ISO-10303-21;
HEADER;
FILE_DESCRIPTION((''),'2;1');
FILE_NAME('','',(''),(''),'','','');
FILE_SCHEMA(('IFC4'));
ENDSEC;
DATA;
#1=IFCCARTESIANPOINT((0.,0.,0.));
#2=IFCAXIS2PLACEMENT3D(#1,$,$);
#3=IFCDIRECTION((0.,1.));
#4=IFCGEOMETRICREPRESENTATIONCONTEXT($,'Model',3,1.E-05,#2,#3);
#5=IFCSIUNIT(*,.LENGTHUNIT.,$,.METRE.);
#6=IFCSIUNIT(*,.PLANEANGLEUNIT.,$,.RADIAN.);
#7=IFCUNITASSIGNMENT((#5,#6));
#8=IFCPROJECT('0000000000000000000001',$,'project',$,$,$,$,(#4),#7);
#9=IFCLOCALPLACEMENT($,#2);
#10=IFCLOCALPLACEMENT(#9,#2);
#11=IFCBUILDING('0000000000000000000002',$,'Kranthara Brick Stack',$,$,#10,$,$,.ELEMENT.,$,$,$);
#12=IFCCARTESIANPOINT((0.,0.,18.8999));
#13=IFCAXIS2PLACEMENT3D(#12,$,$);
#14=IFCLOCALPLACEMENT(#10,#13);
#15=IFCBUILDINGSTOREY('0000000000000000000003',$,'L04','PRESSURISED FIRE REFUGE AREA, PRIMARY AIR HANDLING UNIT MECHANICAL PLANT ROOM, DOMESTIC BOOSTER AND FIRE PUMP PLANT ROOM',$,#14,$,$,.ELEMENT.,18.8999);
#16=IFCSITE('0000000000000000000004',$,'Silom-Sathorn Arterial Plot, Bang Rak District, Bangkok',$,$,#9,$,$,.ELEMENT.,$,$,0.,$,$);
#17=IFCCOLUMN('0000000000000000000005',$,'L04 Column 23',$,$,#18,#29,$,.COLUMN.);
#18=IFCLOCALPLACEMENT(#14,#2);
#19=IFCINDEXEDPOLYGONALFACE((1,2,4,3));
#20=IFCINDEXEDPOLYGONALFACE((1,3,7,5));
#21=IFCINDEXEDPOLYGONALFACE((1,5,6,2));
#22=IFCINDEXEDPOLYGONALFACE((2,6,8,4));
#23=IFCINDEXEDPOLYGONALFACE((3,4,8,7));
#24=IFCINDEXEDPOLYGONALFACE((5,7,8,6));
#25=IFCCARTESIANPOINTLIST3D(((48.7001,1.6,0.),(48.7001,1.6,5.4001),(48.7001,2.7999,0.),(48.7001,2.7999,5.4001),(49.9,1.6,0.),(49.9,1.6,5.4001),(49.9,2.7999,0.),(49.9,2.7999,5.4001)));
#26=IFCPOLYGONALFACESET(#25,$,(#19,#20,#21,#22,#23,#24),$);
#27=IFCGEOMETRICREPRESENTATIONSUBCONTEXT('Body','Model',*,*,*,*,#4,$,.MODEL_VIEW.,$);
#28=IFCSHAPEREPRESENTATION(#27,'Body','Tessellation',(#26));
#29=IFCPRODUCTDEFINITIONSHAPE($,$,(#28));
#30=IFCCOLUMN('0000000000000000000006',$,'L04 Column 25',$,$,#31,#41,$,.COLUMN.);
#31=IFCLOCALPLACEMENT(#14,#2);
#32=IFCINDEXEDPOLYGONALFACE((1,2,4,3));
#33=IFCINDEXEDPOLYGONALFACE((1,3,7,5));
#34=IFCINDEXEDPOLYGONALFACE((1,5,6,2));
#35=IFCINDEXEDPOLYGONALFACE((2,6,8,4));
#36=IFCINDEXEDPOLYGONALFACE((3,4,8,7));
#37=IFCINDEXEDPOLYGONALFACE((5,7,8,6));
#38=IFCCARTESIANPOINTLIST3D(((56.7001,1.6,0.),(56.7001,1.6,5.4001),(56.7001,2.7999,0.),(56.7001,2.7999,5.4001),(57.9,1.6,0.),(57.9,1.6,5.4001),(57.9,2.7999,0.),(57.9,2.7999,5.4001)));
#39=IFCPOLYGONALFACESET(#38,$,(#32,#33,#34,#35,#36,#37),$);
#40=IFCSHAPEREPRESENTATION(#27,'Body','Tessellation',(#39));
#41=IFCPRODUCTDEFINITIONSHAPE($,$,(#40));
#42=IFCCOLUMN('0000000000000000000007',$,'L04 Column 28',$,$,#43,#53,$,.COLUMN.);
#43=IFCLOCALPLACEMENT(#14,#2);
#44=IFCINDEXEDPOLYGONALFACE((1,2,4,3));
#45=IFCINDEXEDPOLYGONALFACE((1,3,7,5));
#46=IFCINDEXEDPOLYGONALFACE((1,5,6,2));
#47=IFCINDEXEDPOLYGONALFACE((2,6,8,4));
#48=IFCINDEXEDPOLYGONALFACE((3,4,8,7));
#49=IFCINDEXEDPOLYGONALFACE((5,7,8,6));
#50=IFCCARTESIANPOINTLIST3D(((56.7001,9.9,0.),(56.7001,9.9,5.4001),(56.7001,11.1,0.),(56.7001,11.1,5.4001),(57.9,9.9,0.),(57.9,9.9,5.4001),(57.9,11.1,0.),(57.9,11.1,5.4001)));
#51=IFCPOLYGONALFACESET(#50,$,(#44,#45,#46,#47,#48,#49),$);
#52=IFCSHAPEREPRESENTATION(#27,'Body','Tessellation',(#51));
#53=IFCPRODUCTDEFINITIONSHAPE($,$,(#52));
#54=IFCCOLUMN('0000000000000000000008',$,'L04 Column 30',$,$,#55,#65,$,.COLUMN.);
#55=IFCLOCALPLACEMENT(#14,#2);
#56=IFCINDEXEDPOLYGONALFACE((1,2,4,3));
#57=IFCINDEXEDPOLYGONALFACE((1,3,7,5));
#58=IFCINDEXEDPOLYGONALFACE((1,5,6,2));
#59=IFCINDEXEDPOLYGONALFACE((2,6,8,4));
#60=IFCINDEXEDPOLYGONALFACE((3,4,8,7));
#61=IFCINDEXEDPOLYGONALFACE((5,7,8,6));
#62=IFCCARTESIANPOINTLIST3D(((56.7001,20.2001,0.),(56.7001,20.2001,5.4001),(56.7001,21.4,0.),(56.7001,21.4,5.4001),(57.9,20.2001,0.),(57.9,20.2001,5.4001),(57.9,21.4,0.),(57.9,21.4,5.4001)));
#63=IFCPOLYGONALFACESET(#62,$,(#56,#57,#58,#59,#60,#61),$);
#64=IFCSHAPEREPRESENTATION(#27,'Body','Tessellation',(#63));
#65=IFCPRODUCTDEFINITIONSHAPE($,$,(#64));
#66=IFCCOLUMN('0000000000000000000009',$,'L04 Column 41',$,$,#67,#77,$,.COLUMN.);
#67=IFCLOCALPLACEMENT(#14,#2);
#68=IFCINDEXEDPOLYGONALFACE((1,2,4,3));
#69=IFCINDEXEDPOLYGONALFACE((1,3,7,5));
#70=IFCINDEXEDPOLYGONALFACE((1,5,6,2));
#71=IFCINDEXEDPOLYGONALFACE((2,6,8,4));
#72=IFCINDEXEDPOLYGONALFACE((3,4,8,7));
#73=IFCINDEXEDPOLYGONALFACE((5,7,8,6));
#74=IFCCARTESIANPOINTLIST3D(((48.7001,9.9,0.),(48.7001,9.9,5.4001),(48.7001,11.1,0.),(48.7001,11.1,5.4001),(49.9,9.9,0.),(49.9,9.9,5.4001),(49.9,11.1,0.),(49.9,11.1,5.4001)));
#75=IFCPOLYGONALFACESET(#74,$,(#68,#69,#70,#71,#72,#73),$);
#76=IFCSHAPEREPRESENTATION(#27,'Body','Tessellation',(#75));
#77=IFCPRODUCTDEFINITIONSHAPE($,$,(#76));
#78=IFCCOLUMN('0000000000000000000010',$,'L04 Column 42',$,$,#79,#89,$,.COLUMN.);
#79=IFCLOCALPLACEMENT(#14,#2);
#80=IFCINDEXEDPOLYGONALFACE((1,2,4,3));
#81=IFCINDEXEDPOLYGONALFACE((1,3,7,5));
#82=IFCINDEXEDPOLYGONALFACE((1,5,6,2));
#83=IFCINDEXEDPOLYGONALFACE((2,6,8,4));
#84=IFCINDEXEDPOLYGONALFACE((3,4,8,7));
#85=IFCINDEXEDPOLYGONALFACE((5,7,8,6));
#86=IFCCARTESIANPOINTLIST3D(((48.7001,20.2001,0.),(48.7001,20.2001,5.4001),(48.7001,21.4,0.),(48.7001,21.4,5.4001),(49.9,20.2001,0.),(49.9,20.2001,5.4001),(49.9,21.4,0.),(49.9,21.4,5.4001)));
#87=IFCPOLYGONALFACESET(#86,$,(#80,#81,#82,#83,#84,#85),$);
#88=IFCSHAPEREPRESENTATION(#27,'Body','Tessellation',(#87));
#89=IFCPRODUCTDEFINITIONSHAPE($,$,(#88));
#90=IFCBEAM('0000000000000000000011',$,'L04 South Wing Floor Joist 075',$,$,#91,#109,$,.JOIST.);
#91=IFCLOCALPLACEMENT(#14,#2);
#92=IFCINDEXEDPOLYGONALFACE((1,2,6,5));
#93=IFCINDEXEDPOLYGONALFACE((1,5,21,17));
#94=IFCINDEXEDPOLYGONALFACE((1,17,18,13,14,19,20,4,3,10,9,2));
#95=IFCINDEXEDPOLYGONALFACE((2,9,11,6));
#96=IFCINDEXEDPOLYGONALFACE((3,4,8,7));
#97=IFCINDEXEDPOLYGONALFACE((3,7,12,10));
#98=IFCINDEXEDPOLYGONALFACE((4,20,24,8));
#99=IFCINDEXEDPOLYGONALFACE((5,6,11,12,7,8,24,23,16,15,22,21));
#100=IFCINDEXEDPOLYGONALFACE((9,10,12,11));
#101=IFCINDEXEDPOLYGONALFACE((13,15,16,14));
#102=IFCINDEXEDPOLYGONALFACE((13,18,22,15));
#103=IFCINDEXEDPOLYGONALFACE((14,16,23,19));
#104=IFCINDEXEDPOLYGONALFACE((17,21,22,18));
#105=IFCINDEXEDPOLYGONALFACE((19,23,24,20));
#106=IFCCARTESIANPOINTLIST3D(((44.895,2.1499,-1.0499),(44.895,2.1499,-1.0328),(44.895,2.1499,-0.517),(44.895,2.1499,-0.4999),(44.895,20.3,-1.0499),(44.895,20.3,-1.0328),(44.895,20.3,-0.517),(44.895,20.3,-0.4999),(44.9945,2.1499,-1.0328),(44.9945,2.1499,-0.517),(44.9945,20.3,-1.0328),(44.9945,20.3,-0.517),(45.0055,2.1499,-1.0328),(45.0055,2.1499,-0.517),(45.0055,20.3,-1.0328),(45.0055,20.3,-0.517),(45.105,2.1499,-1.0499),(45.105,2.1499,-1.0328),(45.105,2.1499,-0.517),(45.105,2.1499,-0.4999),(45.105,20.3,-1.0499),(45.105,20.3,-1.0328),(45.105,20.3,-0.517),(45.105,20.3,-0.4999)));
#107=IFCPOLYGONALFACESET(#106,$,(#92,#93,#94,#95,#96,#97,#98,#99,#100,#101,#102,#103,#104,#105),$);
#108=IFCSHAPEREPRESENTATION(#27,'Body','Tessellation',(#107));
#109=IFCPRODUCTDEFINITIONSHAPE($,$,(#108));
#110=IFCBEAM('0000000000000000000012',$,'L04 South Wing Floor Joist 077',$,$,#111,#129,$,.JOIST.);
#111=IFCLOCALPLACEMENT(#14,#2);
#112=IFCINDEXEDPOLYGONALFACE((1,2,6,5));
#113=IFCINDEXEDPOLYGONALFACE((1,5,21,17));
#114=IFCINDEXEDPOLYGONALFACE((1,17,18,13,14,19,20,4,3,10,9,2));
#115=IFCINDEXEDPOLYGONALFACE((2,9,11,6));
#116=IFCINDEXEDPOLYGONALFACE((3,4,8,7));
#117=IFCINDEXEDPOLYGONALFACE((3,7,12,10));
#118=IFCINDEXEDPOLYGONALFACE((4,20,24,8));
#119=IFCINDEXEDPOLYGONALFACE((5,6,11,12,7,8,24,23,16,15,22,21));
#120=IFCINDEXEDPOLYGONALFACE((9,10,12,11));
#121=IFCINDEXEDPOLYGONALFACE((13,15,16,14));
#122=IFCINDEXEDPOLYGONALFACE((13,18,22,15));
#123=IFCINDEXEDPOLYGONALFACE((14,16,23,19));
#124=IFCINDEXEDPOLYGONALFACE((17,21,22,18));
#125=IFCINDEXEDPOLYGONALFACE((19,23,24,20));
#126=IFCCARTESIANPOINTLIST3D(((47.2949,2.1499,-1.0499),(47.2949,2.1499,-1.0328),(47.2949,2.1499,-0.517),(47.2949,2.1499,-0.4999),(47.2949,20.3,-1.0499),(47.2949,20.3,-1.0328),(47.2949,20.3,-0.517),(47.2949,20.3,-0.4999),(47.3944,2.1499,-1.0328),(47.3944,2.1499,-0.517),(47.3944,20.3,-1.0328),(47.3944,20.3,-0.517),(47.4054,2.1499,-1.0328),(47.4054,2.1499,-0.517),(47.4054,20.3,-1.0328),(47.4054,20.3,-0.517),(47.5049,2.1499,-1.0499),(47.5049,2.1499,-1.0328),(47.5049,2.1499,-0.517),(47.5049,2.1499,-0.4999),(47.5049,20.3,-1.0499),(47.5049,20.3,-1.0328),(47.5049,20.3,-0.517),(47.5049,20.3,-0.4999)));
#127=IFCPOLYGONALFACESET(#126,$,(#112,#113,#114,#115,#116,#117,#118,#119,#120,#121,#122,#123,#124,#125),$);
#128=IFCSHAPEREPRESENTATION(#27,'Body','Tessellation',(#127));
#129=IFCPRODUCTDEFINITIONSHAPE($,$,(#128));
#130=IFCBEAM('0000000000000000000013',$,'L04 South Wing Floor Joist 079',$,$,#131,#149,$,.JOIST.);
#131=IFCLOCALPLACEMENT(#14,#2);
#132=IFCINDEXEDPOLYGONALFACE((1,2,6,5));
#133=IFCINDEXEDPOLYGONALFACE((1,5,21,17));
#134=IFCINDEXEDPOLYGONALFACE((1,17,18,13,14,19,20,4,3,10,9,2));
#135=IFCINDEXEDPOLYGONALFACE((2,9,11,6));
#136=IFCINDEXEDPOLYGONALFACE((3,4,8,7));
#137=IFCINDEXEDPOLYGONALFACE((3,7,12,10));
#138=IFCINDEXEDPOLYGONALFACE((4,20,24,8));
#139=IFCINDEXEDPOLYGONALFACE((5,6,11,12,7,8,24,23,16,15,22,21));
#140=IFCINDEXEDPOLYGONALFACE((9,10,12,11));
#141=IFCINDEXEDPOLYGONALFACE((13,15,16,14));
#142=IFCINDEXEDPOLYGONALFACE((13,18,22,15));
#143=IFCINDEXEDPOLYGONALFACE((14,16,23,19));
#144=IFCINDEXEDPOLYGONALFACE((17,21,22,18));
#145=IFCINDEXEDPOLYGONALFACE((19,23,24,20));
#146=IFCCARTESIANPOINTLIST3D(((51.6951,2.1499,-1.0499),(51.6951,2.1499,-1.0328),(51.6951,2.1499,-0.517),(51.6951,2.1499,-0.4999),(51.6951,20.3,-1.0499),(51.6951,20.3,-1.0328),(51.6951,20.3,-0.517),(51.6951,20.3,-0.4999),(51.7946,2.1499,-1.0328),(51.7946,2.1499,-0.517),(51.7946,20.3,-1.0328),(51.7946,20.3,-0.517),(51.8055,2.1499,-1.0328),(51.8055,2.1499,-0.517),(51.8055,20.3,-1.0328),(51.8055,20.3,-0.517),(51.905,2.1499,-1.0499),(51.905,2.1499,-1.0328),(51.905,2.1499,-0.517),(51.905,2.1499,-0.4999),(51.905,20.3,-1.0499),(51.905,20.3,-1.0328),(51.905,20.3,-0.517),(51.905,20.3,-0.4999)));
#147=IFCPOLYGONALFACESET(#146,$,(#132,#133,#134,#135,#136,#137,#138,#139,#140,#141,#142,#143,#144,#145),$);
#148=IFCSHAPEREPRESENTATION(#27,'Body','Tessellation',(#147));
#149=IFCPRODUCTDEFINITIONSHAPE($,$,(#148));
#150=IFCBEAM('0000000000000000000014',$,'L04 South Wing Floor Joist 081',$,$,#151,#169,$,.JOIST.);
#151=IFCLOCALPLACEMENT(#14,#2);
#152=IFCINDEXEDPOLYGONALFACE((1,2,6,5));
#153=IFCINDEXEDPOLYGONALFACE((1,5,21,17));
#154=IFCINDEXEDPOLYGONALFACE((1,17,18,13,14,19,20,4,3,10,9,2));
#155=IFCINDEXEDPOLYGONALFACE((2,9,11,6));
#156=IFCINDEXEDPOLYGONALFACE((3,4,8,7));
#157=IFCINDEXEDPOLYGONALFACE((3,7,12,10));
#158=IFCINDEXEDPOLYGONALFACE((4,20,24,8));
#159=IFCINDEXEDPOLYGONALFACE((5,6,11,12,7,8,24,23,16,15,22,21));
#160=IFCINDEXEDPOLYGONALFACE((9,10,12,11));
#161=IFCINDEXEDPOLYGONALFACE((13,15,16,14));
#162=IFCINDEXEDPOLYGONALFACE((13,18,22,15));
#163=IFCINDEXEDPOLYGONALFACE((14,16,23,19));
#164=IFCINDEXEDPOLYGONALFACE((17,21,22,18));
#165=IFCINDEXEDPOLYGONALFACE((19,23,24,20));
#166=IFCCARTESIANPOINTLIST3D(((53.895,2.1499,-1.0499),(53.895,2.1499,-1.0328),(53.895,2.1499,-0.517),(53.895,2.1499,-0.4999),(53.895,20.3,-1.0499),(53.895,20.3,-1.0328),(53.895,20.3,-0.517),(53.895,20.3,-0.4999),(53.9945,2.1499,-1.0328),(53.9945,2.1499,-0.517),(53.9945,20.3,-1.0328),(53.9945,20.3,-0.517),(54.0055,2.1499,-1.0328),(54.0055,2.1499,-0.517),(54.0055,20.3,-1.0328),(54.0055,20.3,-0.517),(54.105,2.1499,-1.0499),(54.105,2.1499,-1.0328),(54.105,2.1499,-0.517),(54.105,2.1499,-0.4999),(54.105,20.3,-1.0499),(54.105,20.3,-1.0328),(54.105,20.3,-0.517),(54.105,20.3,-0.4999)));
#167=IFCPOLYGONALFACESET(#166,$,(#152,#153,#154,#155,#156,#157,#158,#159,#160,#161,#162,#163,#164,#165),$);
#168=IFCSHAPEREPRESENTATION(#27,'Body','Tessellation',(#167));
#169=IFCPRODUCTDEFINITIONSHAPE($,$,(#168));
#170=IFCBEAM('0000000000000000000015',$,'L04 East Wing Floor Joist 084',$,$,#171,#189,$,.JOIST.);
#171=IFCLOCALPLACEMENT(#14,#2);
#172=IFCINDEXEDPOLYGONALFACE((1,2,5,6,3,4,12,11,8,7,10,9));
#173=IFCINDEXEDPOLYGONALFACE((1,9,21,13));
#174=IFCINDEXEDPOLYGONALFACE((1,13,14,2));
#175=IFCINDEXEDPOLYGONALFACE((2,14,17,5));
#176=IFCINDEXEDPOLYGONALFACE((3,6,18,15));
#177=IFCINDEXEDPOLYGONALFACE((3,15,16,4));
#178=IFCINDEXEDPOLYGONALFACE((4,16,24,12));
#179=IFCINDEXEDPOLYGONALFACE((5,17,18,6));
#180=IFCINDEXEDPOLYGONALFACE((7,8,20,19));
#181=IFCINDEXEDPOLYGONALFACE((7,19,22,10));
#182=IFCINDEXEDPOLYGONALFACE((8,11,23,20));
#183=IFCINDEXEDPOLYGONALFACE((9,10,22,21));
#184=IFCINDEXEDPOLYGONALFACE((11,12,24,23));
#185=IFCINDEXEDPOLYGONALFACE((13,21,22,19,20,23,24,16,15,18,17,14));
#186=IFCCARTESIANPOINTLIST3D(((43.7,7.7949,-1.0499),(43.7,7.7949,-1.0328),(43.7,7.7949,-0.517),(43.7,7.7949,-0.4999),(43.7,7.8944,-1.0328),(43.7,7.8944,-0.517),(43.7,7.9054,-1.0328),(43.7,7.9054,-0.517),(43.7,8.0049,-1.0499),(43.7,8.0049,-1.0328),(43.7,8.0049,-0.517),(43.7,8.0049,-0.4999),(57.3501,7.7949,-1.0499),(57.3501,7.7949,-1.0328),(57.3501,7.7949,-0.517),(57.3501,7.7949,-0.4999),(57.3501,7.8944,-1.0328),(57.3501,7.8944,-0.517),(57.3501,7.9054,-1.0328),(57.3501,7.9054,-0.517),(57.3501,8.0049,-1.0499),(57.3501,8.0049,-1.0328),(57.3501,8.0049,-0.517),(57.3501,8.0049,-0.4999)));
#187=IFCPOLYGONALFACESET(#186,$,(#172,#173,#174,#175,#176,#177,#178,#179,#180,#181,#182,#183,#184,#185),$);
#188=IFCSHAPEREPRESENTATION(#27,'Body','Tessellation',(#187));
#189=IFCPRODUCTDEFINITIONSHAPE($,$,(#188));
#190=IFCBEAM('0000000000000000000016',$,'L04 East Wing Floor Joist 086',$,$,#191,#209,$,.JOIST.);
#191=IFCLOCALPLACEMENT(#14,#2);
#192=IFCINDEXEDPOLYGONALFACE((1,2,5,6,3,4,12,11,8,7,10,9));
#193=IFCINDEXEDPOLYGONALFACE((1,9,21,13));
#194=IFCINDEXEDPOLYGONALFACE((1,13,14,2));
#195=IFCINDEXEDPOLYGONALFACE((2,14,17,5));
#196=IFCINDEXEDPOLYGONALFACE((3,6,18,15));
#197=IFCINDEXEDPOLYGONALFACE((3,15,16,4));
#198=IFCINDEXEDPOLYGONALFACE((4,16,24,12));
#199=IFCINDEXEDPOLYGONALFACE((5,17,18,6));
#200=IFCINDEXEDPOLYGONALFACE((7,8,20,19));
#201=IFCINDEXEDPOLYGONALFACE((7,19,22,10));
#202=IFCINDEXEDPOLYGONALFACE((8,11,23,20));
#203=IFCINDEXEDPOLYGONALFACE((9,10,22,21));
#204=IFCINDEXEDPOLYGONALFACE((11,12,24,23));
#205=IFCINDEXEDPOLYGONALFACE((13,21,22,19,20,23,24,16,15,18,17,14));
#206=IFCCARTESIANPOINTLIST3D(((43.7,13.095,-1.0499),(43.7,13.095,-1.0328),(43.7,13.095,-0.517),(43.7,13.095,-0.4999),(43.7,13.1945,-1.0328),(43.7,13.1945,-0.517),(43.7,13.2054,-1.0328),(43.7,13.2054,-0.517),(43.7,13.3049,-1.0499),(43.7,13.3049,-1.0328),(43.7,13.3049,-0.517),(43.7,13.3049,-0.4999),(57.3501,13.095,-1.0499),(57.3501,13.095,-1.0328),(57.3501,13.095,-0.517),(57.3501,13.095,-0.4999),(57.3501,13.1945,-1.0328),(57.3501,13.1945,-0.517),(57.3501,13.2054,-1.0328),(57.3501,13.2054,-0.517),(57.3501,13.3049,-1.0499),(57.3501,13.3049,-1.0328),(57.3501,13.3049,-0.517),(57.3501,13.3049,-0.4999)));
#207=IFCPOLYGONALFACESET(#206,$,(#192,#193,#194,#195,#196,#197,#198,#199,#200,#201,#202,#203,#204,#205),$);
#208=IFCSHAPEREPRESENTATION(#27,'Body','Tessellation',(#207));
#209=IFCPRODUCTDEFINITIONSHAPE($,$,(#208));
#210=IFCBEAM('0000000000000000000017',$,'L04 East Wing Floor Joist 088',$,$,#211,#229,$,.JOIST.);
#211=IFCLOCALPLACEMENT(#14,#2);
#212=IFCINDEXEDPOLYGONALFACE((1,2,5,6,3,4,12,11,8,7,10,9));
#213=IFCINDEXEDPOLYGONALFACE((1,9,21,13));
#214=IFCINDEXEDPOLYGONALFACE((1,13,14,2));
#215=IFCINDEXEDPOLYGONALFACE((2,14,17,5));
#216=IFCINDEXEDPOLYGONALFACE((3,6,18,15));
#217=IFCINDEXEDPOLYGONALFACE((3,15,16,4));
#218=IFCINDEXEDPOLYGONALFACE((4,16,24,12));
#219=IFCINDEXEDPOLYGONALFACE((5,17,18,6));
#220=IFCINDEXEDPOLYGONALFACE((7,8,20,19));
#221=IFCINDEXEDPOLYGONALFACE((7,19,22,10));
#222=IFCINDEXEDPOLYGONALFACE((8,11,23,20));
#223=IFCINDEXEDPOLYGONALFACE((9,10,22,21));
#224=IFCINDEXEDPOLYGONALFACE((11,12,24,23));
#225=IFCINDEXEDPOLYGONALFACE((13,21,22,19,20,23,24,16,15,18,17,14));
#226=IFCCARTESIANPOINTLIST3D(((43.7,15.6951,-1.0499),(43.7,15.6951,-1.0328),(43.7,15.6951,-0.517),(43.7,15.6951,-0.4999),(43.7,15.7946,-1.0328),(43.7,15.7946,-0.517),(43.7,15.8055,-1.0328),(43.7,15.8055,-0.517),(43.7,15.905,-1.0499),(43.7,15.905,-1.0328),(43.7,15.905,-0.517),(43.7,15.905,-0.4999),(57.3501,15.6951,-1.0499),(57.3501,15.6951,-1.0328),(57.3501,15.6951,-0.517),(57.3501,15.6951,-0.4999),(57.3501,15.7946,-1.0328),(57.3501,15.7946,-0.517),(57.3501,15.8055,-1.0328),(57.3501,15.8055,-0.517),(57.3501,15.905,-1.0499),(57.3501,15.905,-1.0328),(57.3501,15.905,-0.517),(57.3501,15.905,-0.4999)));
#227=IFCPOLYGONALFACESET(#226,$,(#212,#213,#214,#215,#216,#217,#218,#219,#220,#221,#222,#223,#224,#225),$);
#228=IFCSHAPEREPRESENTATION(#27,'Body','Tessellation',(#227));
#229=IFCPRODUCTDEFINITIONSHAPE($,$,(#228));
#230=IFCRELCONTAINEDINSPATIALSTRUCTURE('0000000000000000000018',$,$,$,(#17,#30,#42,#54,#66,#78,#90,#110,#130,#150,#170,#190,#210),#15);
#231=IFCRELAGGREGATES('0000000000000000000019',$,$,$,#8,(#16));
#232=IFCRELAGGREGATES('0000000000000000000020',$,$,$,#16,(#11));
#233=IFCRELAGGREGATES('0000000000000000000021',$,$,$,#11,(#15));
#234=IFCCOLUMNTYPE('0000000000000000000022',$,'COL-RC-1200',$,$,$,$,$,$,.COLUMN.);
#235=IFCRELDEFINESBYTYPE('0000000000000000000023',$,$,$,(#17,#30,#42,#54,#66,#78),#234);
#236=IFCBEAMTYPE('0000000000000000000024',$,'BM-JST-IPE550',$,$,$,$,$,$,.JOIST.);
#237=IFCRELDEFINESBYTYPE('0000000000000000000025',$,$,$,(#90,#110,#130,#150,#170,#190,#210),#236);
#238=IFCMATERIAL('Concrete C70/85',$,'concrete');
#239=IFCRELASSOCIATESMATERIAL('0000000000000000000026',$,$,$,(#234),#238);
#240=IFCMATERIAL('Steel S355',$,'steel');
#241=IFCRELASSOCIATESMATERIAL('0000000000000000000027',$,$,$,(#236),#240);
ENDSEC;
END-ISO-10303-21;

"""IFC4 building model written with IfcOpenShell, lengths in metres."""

from ifc_helpers import new_model, si_unit, direction, frame, origin, origin_2d, place, context, subcontext, project, spatial, rectangle, i_section, extrude, material, material_profile, profile_set, type_object, element, save


model = new_model("IFC4")

# Units and contexts
model_context = context("Model", 3, precision=1e-05, world=origin(), true_north=direction((0.0, 1.0)))
body_context = subcontext(model_context, "Body", "Model", "MODEL_VIEW")
ifc_project = project(units=[si_unit("LENGTHUNIT", "METRE"), si_unit("PLANEANGLEUNIT", "RADIAN")], contexts=[model_context])

# Site, building, storey
site_placement = place(None, origin())
site = spatial("IfcSite", under=ifc_project, at=site_placement, Name="Silom-Sathorn Arterial Plot, Bang Rak District, Bangkok", CompositionType="ELEMENT", RefElevation=0.0)
building_placement = place(site_placement, origin())
building = spatial("IfcBuilding", under=site, at=building_placement, Name="Kranthara Brick Stack", CompositionType="ELEMENT")
storey_placement = place(building_placement, frame((0.0, 0.0, 18.8999)))
storey = spatial("IfcBuildingStorey", under=building, at=storey_placement, Name="L04", Description="PRESSURISED FIRE REFUGE AREA, PRIMARY AIR HANDLING UNIT MECHANICAL PLANT ROOM, DOMESTIC BOOSTER AND FIRE PUMP PLANT ROOM", CompositionType="ELEMENT", Elevation=18.8999)

# Columns
ifc_material_1 = material(Name="Concrete C70/85", Category="concrete")
ifc_material_profile_1 = material_profile(ifc_material_1, rectangle(XDim=1.2, YDim=1.2, at=origin_2d()), Name="RC 1200x1200")
ifc_profile_set_1 = profile_set([ifc_material_profile_1], Name="Concrete C70/85")
column_type = type_object("IfcColumnType", Name="COL-RC-1200", PredefinedType="COLUMN", material=ifc_profile_set_1)
for number, where, z_axis, x_axis, name in (
    (1, (49.3, 2.2, 0.0), (0.0, 0.0, 1.0), (1.0, 0.0, 0.0), "L04 Column 23"),
    (2, (57.3, 2.2, 0.0), (0.0, 0.0, 1.0), (1.0, 0.0, 0.0), "L04 Column 25"),
    (3, (57.3, 10.5, 0.0), (0.0, 0.0, 1.0), (1.0, 0.0, 0.0), "L04 Column 28"),
    (4, (57.3, 20.8, 0.0), (0.0, 0.0, 1.0), (1.0, 0.0, 0.0), "L04 Column 30"),
    (5, (49.3, 10.5, 0.0), (0.0, 0.0, 1.0), (1.0, 0.0, 0.0), "L04 Column 41"),
    (6, (49.3, 20.8, 0.0), (0.0, 0.0, 1.0), (1.0, 0.0, 0.0), "L04 Column 42"),
):
    element("IfcColumn", number, at=place(storey_placement, frame(where, z_axis=z_axis, x_axis=x_axis)), inside=storey, type_object=column_type, Name=name, PredefinedType="COLUMN", context=body_context, shape_type="SweptSolid", body=[
        extrude(rectangle(XDim=1.2, YDim=1.2, at=origin_2d()), origin(), (0.0, 0.0, 1.0), 5.4001),
    ])

# Beams
ifc_material_2 = material(Name="Steel S355", Category="steel")
ifc_material_profile_2 = material_profile(ifc_material_2, i_section(OverallWidth=0.21, OverallDepth=0.55, WebThickness=0.011, FlangeThickness=0.0171, at=origin_2d()), Name="IPE 550")
ifc_profile_set_2 = profile_set([ifc_material_profile_2], Name="Steel S355")
beam_type_1 = type_object("IfcBeamType", Name="BM-JST-IPE550", PredefinedType="JOIST", material=ifc_profile_set_2)
for number, where, z_axis, x_axis, name in (
    (7, (45.0, 2.1499, -0.7749), (0.0, 1.0, 0.0), (-1.0, 0.0, 0.0), "L04 South Wing Floor Joist 075"),
    (8, (47.3999, 2.1499, -0.7749), (0.0, 1.0, 0.0), (-1.0, 0.0, 0.0), "L04 South Wing Floor Joist 077"),
    (9, (51.8, 2.1499, -0.7749), (0.0, 1.0, 0.0), (-1.0, 0.0, 0.0), "L04 South Wing Floor Joist 079"),
    (10, (54.0, 2.1499, -0.7749), (0.0, 1.0, 0.0), (-1.0, 0.0, 0.0), "L04 South Wing Floor Joist 081"),
):
    element("IfcBeam", number, at=place(storey_placement, frame(where, z_axis=z_axis, x_axis=x_axis)), inside=storey, type_object=beam_type_1, Name=name, PredefinedType="JOIST", context=body_context, shape_type="SweptSolid", body=[
        extrude(i_section(OverallWidth=0.21, OverallDepth=0.55, WebThickness=0.011, FlangeThickness=0.0171, at=origin_2d()), origin(), (0.0, 0.0, 1.0), 18.1501),
    ])
for number, where, z_axis, x_axis, name in (
    (11, (43.7, 7.8999, -0.7749), (1.0, 0.0, 0.0), (0.0, 1.0, 0.0), "L04 East Wing Floor Joist 084"),
    (12, (43.7, 13.2, -0.7749), (1.0, 0.0, 0.0), (0.0, 1.0, 0.0), "L04 East Wing Floor Joist 086"),
    (13, (43.7, 15.8, -0.7749), (1.0, 0.0, 0.0), (0.0, 1.0, 0.0), "L04 East Wing Floor Joist 088"),
):
    element("IfcBeam", number, at=place(storey_placement, frame(where, z_axis=z_axis, x_axis=x_axis)), inside=storey, type_object=beam_type_1, Name=name, PredefinedType="JOIST", context=body_context, shape_type="SweptSolid", body=[
        extrude(i_section(OverallWidth=0.21, OverallDepth=0.55, WebThickness=0.011, FlangeThickness=0.0171, at=origin_2d()), origin(), (0.0, 0.0, 1.0), 13.6501),
    ])

save(model, "model.ifc")
